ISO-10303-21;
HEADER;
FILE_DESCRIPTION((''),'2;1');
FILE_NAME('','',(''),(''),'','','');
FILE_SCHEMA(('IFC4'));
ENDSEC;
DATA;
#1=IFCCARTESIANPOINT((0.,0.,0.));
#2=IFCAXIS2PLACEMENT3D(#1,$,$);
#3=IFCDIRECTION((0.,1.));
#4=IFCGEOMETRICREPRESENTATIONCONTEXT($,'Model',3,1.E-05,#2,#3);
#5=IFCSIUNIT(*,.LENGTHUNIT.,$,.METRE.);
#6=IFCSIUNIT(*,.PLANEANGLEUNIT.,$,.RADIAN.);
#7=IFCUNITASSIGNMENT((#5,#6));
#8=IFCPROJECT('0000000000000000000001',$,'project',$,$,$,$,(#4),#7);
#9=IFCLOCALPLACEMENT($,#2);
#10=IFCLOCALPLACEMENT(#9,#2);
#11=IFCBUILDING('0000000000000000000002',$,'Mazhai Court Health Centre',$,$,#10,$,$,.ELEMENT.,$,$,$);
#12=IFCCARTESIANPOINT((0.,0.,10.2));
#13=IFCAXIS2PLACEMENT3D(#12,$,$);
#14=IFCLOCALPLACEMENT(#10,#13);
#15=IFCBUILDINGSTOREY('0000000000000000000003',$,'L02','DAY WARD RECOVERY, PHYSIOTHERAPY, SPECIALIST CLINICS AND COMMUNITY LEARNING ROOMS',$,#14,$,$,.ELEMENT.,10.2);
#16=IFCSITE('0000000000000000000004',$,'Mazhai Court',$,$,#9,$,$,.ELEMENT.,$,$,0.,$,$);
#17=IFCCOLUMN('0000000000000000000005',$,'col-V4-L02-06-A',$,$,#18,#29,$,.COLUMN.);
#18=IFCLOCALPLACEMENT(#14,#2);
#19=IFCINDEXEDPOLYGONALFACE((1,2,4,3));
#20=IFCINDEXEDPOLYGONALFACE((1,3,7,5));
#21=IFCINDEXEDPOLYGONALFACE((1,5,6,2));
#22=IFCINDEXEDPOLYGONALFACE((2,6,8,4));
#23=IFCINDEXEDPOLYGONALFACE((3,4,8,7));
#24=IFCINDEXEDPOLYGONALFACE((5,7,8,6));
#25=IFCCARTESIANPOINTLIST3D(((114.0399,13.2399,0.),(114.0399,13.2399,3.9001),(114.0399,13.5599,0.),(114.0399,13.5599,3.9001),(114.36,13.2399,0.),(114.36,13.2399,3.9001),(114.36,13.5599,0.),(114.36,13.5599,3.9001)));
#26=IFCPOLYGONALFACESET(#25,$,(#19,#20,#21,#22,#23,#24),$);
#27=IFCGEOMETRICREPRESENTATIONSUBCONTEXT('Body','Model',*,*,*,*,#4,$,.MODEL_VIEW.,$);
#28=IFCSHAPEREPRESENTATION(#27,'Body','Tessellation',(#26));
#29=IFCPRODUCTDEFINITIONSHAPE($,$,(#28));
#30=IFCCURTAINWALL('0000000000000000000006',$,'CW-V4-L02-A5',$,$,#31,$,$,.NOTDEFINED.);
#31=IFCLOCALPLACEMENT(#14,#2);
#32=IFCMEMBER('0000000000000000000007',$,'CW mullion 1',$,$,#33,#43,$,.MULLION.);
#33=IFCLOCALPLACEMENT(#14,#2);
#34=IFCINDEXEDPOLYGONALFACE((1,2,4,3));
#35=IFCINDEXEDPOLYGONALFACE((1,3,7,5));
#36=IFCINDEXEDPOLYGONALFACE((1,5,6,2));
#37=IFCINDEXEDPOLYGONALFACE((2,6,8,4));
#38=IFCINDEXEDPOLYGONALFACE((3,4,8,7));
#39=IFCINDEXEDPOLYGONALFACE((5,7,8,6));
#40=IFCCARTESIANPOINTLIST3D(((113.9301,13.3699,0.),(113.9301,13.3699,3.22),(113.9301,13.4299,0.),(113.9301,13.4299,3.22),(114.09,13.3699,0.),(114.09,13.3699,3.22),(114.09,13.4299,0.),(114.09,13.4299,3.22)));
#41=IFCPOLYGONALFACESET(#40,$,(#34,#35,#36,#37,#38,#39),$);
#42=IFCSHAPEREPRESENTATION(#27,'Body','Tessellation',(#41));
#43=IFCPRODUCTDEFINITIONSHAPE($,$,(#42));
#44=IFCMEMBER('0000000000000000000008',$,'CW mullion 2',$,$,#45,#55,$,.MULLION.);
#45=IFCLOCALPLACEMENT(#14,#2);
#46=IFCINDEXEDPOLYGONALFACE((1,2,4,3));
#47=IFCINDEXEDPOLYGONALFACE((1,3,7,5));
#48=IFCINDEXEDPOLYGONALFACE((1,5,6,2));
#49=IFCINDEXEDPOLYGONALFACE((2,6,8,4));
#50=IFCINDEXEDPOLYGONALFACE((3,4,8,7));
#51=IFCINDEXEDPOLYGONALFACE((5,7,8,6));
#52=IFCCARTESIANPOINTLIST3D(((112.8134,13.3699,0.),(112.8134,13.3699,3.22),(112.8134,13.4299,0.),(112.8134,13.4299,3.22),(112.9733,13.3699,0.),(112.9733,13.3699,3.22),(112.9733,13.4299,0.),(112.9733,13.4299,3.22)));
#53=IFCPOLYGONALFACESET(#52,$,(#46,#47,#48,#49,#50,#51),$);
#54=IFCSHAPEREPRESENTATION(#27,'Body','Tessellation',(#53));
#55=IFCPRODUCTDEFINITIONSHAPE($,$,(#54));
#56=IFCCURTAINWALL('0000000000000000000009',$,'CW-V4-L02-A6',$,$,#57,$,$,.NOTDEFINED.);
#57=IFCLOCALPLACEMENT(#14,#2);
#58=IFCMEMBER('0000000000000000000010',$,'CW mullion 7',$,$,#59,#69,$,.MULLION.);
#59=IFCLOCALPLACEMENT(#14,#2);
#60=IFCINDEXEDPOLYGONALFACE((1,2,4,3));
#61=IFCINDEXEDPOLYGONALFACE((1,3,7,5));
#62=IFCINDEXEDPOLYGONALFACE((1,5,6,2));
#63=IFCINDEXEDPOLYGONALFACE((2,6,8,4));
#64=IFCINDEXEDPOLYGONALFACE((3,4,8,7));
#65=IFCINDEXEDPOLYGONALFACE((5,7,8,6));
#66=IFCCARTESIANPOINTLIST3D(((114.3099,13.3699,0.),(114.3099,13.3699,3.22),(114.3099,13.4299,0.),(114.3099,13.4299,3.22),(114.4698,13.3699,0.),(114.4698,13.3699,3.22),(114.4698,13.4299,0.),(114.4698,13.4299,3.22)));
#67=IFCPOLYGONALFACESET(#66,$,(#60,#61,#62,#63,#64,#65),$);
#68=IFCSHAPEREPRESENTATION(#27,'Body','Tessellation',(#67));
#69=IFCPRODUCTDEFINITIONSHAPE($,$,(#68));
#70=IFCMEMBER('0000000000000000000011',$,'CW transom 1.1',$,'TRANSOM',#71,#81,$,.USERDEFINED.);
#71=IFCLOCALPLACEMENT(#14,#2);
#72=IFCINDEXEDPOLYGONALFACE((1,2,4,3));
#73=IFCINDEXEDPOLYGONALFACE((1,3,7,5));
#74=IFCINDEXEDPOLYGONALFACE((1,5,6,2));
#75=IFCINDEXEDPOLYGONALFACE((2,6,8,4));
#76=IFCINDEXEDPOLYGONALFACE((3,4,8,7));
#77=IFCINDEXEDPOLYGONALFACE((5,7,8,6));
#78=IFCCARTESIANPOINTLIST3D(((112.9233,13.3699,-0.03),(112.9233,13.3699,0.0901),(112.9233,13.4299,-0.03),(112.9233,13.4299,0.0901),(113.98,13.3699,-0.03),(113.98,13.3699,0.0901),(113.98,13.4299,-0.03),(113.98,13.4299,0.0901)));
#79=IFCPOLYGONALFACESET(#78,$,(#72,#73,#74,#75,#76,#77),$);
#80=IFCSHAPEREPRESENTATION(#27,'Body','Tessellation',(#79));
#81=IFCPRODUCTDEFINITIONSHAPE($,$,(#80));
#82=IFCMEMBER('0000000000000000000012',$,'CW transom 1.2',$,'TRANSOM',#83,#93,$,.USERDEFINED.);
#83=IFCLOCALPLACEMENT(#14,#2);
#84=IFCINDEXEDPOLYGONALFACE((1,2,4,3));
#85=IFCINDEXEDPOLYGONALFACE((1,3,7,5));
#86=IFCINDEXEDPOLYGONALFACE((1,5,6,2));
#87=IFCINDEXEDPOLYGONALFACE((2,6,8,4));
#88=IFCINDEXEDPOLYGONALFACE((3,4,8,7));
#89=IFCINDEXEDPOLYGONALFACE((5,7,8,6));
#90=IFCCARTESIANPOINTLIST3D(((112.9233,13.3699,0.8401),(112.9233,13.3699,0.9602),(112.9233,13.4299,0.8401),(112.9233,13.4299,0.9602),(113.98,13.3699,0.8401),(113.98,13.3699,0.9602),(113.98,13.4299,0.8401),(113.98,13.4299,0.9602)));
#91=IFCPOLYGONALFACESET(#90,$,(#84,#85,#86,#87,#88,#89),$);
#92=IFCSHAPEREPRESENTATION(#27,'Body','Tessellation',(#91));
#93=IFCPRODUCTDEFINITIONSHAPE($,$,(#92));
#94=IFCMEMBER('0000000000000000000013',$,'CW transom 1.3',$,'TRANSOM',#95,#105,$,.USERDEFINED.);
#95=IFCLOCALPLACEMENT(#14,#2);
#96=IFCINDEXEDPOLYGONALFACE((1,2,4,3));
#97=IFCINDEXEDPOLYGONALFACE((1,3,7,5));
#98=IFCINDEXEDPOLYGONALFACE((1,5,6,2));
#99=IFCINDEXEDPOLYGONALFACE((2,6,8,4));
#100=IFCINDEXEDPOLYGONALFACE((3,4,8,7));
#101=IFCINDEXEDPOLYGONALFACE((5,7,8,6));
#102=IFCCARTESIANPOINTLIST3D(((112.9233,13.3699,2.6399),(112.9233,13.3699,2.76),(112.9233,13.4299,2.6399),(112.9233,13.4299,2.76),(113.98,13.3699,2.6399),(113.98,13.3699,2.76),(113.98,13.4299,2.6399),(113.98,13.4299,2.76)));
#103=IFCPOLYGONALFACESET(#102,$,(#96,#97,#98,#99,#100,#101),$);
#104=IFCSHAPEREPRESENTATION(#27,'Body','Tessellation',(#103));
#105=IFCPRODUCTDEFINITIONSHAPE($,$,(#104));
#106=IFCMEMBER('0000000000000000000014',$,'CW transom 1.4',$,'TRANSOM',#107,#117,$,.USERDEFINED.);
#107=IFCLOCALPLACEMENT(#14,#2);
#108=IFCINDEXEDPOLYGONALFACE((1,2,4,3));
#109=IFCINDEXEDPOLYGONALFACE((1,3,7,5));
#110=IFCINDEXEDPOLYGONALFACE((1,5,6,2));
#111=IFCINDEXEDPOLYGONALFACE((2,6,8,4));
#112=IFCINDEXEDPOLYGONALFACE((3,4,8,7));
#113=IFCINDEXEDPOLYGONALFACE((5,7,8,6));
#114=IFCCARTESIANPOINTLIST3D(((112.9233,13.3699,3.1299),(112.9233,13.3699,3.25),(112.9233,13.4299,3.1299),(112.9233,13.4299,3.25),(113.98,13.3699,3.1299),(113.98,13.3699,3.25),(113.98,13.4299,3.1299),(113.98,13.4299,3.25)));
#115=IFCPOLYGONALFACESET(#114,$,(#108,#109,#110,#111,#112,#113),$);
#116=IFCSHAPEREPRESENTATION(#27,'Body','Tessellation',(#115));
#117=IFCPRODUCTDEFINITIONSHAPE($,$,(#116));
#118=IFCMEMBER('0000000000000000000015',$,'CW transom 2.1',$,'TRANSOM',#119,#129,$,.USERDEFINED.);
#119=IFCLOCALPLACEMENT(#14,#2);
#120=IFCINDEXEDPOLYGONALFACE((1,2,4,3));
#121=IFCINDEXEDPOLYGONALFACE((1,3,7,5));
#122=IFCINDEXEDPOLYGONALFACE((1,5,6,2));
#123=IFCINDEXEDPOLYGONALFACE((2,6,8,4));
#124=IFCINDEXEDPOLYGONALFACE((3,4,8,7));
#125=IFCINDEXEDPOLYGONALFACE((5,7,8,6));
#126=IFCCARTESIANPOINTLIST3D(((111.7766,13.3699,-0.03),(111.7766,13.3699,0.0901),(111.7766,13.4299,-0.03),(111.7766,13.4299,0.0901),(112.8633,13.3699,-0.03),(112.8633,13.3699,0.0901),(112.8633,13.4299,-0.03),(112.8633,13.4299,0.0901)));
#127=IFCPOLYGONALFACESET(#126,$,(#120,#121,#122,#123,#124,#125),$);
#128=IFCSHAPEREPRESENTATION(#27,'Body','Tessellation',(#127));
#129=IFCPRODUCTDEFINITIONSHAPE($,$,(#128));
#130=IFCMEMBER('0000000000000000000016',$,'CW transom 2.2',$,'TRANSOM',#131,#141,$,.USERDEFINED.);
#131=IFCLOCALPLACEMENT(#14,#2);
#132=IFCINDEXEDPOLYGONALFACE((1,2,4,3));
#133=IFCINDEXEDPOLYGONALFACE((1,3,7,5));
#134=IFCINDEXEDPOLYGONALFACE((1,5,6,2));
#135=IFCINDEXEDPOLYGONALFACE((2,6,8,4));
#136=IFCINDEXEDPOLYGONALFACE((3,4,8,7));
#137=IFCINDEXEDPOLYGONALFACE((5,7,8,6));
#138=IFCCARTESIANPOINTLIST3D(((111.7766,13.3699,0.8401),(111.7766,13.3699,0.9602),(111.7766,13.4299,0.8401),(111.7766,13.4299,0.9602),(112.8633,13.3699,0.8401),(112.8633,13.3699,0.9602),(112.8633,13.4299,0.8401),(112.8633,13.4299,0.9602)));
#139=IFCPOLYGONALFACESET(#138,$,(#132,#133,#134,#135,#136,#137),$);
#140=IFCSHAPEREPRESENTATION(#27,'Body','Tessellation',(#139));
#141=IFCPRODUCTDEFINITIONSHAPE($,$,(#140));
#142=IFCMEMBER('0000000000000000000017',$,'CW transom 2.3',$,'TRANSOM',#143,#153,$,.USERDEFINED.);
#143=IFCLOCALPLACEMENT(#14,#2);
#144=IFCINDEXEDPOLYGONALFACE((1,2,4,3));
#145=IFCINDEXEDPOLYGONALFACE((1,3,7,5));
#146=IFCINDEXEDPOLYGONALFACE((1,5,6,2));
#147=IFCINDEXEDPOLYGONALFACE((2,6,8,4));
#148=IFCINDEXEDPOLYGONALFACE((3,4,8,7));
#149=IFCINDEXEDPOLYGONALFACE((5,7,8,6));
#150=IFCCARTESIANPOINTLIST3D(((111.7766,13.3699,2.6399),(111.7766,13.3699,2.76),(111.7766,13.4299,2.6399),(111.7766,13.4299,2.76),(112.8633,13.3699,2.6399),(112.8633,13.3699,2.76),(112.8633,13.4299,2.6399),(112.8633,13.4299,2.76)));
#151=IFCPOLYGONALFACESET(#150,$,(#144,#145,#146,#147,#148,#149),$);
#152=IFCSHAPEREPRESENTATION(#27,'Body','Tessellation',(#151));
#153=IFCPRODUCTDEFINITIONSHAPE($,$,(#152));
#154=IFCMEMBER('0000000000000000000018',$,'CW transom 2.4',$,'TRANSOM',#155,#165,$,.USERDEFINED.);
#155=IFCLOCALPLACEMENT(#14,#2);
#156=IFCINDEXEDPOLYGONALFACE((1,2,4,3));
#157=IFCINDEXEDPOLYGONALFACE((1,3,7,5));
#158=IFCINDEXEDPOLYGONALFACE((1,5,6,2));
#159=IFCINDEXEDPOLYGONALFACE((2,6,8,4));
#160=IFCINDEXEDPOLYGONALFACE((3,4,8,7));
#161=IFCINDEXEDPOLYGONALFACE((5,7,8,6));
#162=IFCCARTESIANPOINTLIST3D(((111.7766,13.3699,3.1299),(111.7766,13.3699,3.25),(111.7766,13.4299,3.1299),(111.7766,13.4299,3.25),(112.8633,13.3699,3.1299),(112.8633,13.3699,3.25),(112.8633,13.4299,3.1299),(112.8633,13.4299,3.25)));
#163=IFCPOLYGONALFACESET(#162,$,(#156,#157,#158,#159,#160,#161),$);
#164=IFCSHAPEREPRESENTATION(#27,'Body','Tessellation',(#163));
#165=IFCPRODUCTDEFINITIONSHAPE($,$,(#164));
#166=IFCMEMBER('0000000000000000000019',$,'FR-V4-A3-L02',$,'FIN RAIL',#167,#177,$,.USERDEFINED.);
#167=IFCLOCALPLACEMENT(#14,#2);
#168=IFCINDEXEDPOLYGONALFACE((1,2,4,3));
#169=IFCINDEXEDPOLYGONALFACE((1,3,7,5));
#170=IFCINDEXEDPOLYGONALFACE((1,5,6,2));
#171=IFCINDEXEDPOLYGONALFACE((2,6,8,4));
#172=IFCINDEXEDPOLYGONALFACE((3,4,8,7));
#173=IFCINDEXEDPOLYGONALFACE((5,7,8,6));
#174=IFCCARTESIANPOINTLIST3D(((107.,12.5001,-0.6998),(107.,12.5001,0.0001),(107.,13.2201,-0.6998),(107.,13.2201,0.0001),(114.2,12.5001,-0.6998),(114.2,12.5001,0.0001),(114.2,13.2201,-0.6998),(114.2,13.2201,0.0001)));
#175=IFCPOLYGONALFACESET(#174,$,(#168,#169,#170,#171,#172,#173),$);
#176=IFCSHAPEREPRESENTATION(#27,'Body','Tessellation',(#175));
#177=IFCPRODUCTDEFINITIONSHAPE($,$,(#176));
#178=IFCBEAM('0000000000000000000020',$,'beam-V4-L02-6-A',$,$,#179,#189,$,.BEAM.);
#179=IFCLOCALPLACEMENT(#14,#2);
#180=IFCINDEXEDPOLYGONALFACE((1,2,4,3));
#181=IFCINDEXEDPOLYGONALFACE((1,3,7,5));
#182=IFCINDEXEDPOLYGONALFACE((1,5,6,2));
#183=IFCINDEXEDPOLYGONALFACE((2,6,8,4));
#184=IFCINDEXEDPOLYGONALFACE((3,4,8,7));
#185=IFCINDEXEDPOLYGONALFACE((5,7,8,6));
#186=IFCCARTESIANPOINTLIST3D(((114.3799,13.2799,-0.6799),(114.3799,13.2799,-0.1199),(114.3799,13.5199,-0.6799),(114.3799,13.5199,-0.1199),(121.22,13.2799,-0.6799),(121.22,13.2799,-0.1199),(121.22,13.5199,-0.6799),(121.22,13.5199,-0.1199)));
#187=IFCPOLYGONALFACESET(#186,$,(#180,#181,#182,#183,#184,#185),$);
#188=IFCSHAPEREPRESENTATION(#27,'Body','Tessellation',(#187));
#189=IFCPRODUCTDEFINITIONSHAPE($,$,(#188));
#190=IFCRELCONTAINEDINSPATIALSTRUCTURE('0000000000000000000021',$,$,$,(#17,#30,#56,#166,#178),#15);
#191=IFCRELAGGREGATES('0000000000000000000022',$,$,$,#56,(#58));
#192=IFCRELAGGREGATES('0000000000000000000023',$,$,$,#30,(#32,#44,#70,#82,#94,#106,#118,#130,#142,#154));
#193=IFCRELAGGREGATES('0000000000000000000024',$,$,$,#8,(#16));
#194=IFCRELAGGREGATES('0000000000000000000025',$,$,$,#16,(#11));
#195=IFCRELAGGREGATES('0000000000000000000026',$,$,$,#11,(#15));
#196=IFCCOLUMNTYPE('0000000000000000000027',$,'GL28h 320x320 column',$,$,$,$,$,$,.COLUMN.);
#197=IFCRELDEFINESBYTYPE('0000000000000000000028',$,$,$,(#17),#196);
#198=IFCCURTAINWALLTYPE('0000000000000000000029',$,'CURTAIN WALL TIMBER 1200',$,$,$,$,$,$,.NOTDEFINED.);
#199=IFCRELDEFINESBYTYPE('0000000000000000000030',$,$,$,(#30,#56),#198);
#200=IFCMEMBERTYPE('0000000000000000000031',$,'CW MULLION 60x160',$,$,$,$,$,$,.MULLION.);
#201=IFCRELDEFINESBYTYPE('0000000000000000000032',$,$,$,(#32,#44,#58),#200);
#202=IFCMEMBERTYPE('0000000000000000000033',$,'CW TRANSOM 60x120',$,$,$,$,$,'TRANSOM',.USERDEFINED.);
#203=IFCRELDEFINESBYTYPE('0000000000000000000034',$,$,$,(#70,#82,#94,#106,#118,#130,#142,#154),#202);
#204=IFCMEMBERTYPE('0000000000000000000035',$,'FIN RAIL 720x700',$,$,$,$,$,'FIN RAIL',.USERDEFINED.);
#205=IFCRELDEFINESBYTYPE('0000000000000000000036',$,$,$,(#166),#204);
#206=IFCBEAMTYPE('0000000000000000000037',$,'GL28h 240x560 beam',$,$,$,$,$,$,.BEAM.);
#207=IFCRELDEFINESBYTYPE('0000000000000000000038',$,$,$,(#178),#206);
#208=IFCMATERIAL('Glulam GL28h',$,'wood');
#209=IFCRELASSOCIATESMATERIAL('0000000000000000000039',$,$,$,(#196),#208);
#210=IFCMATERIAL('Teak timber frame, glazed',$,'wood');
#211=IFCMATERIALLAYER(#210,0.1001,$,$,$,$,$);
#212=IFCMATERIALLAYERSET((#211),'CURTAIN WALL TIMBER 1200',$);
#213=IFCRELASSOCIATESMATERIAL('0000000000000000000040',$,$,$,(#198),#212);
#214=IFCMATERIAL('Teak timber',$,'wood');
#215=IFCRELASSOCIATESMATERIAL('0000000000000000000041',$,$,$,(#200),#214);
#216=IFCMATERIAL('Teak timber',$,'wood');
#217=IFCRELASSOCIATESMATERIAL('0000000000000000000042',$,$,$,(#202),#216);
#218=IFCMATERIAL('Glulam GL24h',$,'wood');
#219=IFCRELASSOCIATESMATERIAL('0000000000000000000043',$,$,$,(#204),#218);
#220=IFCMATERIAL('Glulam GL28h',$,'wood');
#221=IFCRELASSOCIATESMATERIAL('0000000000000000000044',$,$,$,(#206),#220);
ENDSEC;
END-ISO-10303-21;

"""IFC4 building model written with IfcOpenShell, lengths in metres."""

from ifc_helpers import new_model, si_unit, direction, frame, origin, origin_2d, place, context, subcontext, project, spatial, rectangle, extrude, material, layer, layer_set, material_profile, profile_set, type_object, element, aggregate, save


model = new_model("IFC4")

# Units and contexts
model_context = context("Model", 3, precision=1e-05, world=origin(), true_north=direction((0.0, 1.0)))
body_context = subcontext(model_context, "Body", "Model", "MODEL_VIEW")
ifc_project = project(units=[si_unit("LENGTHUNIT", "METRE"), si_unit("PLANEANGLEUNIT", "RADIAN")], contexts=[model_context])

# Site, building, storey
site_placement = place(None, origin())
site = spatial("IfcSite", under=ifc_project, at=site_placement, Name="Mazhai Court", CompositionType="ELEMENT", RefElevation=0.0)
building_placement = place(site_placement, origin())
building = spatial("IfcBuilding", under=site, at=building_placement, Name="Mazhai Court Health Centre", CompositionType="ELEMENT")
storey_placement = place(building_placement, frame((0.0, 0.0, 10.2)))
storey = spatial("IfcBuildingStorey", under=building, at=storey_placement, Name="L02", Description="DAY WARD RECOVERY, PHYSIOTHERAPY, SPECIALIST CLINICS AND COMMUNITY LEARNING ROOMS", CompositionType="ELEMENT", Elevation=10.2)

# Column
ifc_material_1 = material(Name="Glulam GL28h", Category="wood")
ifc_material_profile_1 = material_profile(ifc_material_1, rectangle(XDim=0.3201, YDim=0.3201, at=origin_2d()), Name="GL28h 320x320")
ifc_profile_set_1 = profile_set([ifc_material_profile_1], Name="Glulam GL28h")
column_type = type_object("IfcColumnType", Name="GL28h 320x320 column", PredefinedType="COLUMN", material=ifc_profile_set_1)
column_placement = place(storey_placement, frame((114.2, 13.3999, 0.0), z_axis=(0.0, 0.0, 1.0), x_axis=(1.0, 0.0, 0.0)))
element("IfcColumn", 1, at=column_placement, inside=storey, type_object=column_type, Name="col-V4-L02-06-A", PredefinedType="COLUMN", context=body_context, shape_type="SweptSolid", body=[
    extrude(rectangle(XDim=0.3201, YDim=0.3201, at=origin_2d()), origin(), (0.0, 0.0, 1.0), 3.9001),
])

# Curtain wall, members
ifc_material_2 = material(Name="Teak timber frame, glazed", Category="wood")
ifc_layer_1 = layer(ifc_material_2, 0.1001)
ifc_layer_set_1 = layer_set([ifc_layer_1], Name="CURTAIN WALL TIMBER 1200")
curtain_wall_type = type_object("IfcCurtainWallType", Name="CURTAIN WALL TIMBER 1200", PredefinedType="NOTDEFINED", material=ifc_layer_set_1)
curtain_wall_1_placement = place(storey_placement, origin())
curtain_wall_1 = element("IfcCurtainWall", 2, at=curtain_wall_1_placement, inside=storey, type_object=curtain_wall_type, Name="CW-V4-L02-A5", PredefinedType="NOTDEFINED")
ifc_material_3 = material(Name="Teak timber", Category="wood")
ifc_material_profile_2 = material_profile(ifc_material_3, rectangle(XDim=0.0601, YDim=0.1599, at=origin_2d()), Name="CW MULLION 60x160")
ifc_profile_set_2 = profile_set([ifc_material_profile_2], Name="Teak timber")
member_type_1 = type_object("IfcMemberType", Name="CW MULLION 60x160", PredefinedType="MULLION", material=ifc_profile_set_2)
member_1_placement = place(storey_placement, frame((114.01, 13.3999, 0.0), z_axis=(0.0, 0.0, 1.0), x_axis=(0.0, -1.0, 0.0)))
member_1 = element("IfcMember", 3, at=member_1_placement, type_object=member_type_1, Name="CW mullion 1", PredefinedType="MULLION", context=body_context, shape_type="SweptSolid", body=[
    extrude(rectangle(XDim=0.0601, YDim=0.1599, at=origin_2d()), origin(), (0.0, 0.0, 1.0), 3.22),
])
member_2_placement = place(storey_placement, frame((112.8933, 13.3999, 0.0), z_axis=(0.0, 0.0, 1.0), x_axis=(0.0, -1.0, 0.0)))
member_2 = element("IfcMember", 4, at=member_2_placement, type_object=member_type_1, Name="CW mullion 2", PredefinedType="MULLION", context=body_context, shape_type="SweptSolid", body=[
    extrude(rectangle(XDim=0.0601, YDim=0.1599, at=origin_2d()), origin(), (0.0, 0.0, 1.0), 3.22),
])

# Curtain wall, member
curtain_wall_2_placement = place(storey_placement, origin())
curtain_wall_2 = element("IfcCurtainWall", 5, at=curtain_wall_2_placement, inside=storey, type_object=curtain_wall_type, Name="CW-V4-L02-A6", PredefinedType="NOTDEFINED")
member_3_placement = place(storey_placement, frame((114.3899, 13.3999, 0.0), z_axis=(0.0, 0.0, 1.0), x_axis=(0.0, -1.0, 0.0)))
member_3 = element("IfcMember", 6, at=member_3_placement, type_object=member_type_1, Name="CW mullion 7", PredefinedType="MULLION", context=body_context, shape_type="SweptSolid", body=[
    extrude(rectangle(XDim=0.0601, YDim=0.1599, at=origin_2d()), origin(), (0.0, 0.0, 1.0), 3.22),
])
aggregate(curtain_wall_2, [member_3])

# Members
ifc_material_4 = material(Name="Teak timber", Category="wood")
ifc_material_profile_3 = material_profile(ifc_material_4, rectangle(XDim=0.0601, YDim=0.1201, at=origin_2d()), Name="CW TRANSOM 60x120")
ifc_profile_set_3 = profile_set([ifc_material_profile_3], Name="Teak timber")
member_type_2 = type_object("IfcMemberType", Name="CW TRANSOM 60x120", ElementType="TRANSOM", PredefinedType="USERDEFINED", material=ifc_profile_set_3)
member_4_placement = place(storey_placement, frame((113.98, 13.3999, 0.03), z_axis=(-1.0, 0.0, 0.0), x_axis=(0.0, -1.0, 0.0)))
member_4 = element("IfcMember", 7, at=member_4_placement, type_object=member_type_2, Name="CW transom 1.1", ObjectType="TRANSOM", PredefinedType="USERDEFINED", context=body_context, shape_type="SweptSolid", body=[
    extrude(rectangle(XDim=0.0601, YDim=0.1201, at=origin_2d()), origin(), (0.0, 0.0, 1.0), 1.0566),
])
member_5_placement = place(storey_placement, frame((113.98, 13.3999, 0.9001), z_axis=(-1.0, 0.0, 0.0), x_axis=(0.0, -1.0, 0.0)))
member_5 = element("IfcMember", 8, at=member_5_placement, type_object=member_type_2, Name="CW transom 1.2", ObjectType="TRANSOM", PredefinedType="USERDEFINED", context=body_context, shape_type="SweptSolid", body=[
    extrude(rectangle(XDim=0.0601, YDim=0.1201, at=origin_2d()), origin(), (0.0, 0.0, 1.0), 1.0566),
])
member_6_placement = place(storey_placement, frame((113.98, 13.3999, 2.7), z_axis=(-1.0, 0.0, 0.0), x_axis=(0.0, -1.0, 0.0)))
member_6 = element("IfcMember", 9, at=member_6_placement, type_object=member_type_2, Name="CW transom 1.3", ObjectType="TRANSOM", PredefinedType="USERDEFINED", context=body_context, shape_type="SweptSolid", body=[
    extrude(rectangle(XDim=0.0601, YDim=0.1201, at=origin_2d()), origin(), (0.0, 0.0, 1.0), 1.0566),
])
member_7_placement = place(storey_placement, frame((113.98, 13.3999, 3.1899), z_axis=(-1.0, 0.0, 0.0), x_axis=(0.0, -1.0, 0.0)))
member_7 = element("IfcMember", 10, at=member_7_placement, type_object=member_type_2, Name="CW transom 1.4", ObjectType="TRANSOM", PredefinedType="USERDEFINED", context=body_context, shape_type="SweptSolid", body=[
    extrude(rectangle(XDim=0.0601, YDim=0.1201, at=origin_2d()), origin(), (0.0, 0.0, 1.0), 1.0566),
])
member_8_placement = place(storey_placement, frame((112.8633, 13.3999, 0.03), z_axis=(-1.0, 0.0, 0.0), x_axis=(0.0, -1.0, 0.0)))
member_8 = element("IfcMember", 11, at=member_8_placement, type_object=member_type_2, Name="CW transom 2.1", ObjectType="TRANSOM", PredefinedType="USERDEFINED", context=body_context, shape_type="SweptSolid", body=[
    extrude(rectangle(XDim=0.0601, YDim=0.1201, at=origin_2d()), origin(), (0.0, 0.0, 1.0), 1.0867),
])
member_9_placement = place(storey_placement, frame((112.8633, 13.3999, 0.9001), z_axis=(-1.0, 0.0, 0.0), x_axis=(0.0, -1.0, 0.0)))
member_9 = element("IfcMember", 12, at=member_9_placement, type_object=member_type_2, Name="CW transom 2.2", ObjectType="TRANSOM", PredefinedType="USERDEFINED", context=body_context, shape_type="SweptSolid", body=[
    extrude(rectangle(XDim=0.0601, YDim=0.1201, at=origin_2d()), origin(), (0.0, 0.0, 1.0), 1.0867),
])
member_10_placement = place(storey_placement, frame((112.8633, 13.3999, 2.7), z_axis=(-1.0, 0.0, 0.0), x_axis=(0.0, -1.0, 0.0)))
member_10 = element("IfcMember", 13, at=member_10_placement, type_object=member_type_2, Name="CW transom 2.3", ObjectType="TRANSOM", PredefinedType="USERDEFINED", context=body_context, shape_type="SweptSolid", body=[
    extrude(rectangle(XDim=0.0601, YDim=0.1201, at=origin_2d()), origin(), (0.0, 0.0, 1.0), 1.0867),
])
member_11_placement = place(storey_placement, frame((112.8633, 13.3999, 3.1899), z_axis=(-1.0, 0.0, 0.0), x_axis=(0.0, -1.0, 0.0)))
member_11 = element("IfcMember", 14, at=member_11_placement, type_object=member_type_2, Name="CW transom 2.4", ObjectType="TRANSOM", PredefinedType="USERDEFINED", context=body_context, shape_type="SweptSolid", body=[
    extrude(rectangle(XDim=0.0601, YDim=0.1201, at=origin_2d()), origin(), (0.0, 0.0, 1.0), 1.0867),
])
ifc_material_5 = material(Name="Glulam GL24h", Category="wood")
ifc_material_profile_4 = material_profile(ifc_material_5, rectangle(XDim=0.72, YDim=0.7, at=origin_2d()), Name="FIN RAIL 720x700")
ifc_profile_set_4 = profile_set([ifc_material_profile_4], Name="Glulam GL24h")
member_type_3 = type_object("IfcMemberType", Name="FIN RAIL 720x700", ElementType="FIN RAIL", PredefinedType="USERDEFINED", material=ifc_profile_set_4)
member_12_placement = place(storey_placement, frame((114.2, 12.8601, -0.3499), z_axis=(-1.0, 0.0, 0.0), x_axis=(0.0, -1.0, 0.0)))
element("IfcMember", 15, at=member_12_placement, inside=storey, type_object=member_type_3, Name="FR-V4-A3-L02", ObjectType="FIN RAIL", PredefinedType="USERDEFINED", context=body_context, shape_type="SweptSolid", body=[
    extrude(rectangle(XDim=0.72, YDim=0.7, at=origin_2d()), origin(), (0.0, 0.0, 1.0), 7.2),
])

# Beam
ifc_material_6 = material(Name="Glulam GL28h", Category="wood")
ifc_material_profile_5 = material_profile(ifc_material_6, rectangle(XDim=0.24, YDim=0.5601, at=origin_2d()), Name="GL28h 240x560")
ifc_profile_set_5 = profile_set([ifc_material_profile_5], Name="Glulam GL28h")
beam_type = type_object("IfcBeamType", Name="GL28h 240x560 beam", PredefinedType="BEAM", material=ifc_profile_set_5)
beam_placement = place(storey_placement, frame((114.3799, 13.3999, -0.3999), z_axis=(1.0, 0.0, 0.0), x_axis=(0.0, 1.0, 0.0)))
element("IfcBeam", 16, at=beam_placement, inside=storey, type_object=beam_type, Name="beam-V4-L02-6-A", PredefinedType="BEAM", context=body_context, shape_type="SweptSolid", body=[
    extrude(rectangle(XDim=0.24, YDim=0.5601, at=origin_2d()), origin(), (0.0, 0.0, 1.0), 6.8401),
])

aggregate(curtain_wall_1, [member_1, member_2, member_4, member_5, member_6, member_7, member_8, member_9, member_10, member_11])

save(model, "model.ifc")
